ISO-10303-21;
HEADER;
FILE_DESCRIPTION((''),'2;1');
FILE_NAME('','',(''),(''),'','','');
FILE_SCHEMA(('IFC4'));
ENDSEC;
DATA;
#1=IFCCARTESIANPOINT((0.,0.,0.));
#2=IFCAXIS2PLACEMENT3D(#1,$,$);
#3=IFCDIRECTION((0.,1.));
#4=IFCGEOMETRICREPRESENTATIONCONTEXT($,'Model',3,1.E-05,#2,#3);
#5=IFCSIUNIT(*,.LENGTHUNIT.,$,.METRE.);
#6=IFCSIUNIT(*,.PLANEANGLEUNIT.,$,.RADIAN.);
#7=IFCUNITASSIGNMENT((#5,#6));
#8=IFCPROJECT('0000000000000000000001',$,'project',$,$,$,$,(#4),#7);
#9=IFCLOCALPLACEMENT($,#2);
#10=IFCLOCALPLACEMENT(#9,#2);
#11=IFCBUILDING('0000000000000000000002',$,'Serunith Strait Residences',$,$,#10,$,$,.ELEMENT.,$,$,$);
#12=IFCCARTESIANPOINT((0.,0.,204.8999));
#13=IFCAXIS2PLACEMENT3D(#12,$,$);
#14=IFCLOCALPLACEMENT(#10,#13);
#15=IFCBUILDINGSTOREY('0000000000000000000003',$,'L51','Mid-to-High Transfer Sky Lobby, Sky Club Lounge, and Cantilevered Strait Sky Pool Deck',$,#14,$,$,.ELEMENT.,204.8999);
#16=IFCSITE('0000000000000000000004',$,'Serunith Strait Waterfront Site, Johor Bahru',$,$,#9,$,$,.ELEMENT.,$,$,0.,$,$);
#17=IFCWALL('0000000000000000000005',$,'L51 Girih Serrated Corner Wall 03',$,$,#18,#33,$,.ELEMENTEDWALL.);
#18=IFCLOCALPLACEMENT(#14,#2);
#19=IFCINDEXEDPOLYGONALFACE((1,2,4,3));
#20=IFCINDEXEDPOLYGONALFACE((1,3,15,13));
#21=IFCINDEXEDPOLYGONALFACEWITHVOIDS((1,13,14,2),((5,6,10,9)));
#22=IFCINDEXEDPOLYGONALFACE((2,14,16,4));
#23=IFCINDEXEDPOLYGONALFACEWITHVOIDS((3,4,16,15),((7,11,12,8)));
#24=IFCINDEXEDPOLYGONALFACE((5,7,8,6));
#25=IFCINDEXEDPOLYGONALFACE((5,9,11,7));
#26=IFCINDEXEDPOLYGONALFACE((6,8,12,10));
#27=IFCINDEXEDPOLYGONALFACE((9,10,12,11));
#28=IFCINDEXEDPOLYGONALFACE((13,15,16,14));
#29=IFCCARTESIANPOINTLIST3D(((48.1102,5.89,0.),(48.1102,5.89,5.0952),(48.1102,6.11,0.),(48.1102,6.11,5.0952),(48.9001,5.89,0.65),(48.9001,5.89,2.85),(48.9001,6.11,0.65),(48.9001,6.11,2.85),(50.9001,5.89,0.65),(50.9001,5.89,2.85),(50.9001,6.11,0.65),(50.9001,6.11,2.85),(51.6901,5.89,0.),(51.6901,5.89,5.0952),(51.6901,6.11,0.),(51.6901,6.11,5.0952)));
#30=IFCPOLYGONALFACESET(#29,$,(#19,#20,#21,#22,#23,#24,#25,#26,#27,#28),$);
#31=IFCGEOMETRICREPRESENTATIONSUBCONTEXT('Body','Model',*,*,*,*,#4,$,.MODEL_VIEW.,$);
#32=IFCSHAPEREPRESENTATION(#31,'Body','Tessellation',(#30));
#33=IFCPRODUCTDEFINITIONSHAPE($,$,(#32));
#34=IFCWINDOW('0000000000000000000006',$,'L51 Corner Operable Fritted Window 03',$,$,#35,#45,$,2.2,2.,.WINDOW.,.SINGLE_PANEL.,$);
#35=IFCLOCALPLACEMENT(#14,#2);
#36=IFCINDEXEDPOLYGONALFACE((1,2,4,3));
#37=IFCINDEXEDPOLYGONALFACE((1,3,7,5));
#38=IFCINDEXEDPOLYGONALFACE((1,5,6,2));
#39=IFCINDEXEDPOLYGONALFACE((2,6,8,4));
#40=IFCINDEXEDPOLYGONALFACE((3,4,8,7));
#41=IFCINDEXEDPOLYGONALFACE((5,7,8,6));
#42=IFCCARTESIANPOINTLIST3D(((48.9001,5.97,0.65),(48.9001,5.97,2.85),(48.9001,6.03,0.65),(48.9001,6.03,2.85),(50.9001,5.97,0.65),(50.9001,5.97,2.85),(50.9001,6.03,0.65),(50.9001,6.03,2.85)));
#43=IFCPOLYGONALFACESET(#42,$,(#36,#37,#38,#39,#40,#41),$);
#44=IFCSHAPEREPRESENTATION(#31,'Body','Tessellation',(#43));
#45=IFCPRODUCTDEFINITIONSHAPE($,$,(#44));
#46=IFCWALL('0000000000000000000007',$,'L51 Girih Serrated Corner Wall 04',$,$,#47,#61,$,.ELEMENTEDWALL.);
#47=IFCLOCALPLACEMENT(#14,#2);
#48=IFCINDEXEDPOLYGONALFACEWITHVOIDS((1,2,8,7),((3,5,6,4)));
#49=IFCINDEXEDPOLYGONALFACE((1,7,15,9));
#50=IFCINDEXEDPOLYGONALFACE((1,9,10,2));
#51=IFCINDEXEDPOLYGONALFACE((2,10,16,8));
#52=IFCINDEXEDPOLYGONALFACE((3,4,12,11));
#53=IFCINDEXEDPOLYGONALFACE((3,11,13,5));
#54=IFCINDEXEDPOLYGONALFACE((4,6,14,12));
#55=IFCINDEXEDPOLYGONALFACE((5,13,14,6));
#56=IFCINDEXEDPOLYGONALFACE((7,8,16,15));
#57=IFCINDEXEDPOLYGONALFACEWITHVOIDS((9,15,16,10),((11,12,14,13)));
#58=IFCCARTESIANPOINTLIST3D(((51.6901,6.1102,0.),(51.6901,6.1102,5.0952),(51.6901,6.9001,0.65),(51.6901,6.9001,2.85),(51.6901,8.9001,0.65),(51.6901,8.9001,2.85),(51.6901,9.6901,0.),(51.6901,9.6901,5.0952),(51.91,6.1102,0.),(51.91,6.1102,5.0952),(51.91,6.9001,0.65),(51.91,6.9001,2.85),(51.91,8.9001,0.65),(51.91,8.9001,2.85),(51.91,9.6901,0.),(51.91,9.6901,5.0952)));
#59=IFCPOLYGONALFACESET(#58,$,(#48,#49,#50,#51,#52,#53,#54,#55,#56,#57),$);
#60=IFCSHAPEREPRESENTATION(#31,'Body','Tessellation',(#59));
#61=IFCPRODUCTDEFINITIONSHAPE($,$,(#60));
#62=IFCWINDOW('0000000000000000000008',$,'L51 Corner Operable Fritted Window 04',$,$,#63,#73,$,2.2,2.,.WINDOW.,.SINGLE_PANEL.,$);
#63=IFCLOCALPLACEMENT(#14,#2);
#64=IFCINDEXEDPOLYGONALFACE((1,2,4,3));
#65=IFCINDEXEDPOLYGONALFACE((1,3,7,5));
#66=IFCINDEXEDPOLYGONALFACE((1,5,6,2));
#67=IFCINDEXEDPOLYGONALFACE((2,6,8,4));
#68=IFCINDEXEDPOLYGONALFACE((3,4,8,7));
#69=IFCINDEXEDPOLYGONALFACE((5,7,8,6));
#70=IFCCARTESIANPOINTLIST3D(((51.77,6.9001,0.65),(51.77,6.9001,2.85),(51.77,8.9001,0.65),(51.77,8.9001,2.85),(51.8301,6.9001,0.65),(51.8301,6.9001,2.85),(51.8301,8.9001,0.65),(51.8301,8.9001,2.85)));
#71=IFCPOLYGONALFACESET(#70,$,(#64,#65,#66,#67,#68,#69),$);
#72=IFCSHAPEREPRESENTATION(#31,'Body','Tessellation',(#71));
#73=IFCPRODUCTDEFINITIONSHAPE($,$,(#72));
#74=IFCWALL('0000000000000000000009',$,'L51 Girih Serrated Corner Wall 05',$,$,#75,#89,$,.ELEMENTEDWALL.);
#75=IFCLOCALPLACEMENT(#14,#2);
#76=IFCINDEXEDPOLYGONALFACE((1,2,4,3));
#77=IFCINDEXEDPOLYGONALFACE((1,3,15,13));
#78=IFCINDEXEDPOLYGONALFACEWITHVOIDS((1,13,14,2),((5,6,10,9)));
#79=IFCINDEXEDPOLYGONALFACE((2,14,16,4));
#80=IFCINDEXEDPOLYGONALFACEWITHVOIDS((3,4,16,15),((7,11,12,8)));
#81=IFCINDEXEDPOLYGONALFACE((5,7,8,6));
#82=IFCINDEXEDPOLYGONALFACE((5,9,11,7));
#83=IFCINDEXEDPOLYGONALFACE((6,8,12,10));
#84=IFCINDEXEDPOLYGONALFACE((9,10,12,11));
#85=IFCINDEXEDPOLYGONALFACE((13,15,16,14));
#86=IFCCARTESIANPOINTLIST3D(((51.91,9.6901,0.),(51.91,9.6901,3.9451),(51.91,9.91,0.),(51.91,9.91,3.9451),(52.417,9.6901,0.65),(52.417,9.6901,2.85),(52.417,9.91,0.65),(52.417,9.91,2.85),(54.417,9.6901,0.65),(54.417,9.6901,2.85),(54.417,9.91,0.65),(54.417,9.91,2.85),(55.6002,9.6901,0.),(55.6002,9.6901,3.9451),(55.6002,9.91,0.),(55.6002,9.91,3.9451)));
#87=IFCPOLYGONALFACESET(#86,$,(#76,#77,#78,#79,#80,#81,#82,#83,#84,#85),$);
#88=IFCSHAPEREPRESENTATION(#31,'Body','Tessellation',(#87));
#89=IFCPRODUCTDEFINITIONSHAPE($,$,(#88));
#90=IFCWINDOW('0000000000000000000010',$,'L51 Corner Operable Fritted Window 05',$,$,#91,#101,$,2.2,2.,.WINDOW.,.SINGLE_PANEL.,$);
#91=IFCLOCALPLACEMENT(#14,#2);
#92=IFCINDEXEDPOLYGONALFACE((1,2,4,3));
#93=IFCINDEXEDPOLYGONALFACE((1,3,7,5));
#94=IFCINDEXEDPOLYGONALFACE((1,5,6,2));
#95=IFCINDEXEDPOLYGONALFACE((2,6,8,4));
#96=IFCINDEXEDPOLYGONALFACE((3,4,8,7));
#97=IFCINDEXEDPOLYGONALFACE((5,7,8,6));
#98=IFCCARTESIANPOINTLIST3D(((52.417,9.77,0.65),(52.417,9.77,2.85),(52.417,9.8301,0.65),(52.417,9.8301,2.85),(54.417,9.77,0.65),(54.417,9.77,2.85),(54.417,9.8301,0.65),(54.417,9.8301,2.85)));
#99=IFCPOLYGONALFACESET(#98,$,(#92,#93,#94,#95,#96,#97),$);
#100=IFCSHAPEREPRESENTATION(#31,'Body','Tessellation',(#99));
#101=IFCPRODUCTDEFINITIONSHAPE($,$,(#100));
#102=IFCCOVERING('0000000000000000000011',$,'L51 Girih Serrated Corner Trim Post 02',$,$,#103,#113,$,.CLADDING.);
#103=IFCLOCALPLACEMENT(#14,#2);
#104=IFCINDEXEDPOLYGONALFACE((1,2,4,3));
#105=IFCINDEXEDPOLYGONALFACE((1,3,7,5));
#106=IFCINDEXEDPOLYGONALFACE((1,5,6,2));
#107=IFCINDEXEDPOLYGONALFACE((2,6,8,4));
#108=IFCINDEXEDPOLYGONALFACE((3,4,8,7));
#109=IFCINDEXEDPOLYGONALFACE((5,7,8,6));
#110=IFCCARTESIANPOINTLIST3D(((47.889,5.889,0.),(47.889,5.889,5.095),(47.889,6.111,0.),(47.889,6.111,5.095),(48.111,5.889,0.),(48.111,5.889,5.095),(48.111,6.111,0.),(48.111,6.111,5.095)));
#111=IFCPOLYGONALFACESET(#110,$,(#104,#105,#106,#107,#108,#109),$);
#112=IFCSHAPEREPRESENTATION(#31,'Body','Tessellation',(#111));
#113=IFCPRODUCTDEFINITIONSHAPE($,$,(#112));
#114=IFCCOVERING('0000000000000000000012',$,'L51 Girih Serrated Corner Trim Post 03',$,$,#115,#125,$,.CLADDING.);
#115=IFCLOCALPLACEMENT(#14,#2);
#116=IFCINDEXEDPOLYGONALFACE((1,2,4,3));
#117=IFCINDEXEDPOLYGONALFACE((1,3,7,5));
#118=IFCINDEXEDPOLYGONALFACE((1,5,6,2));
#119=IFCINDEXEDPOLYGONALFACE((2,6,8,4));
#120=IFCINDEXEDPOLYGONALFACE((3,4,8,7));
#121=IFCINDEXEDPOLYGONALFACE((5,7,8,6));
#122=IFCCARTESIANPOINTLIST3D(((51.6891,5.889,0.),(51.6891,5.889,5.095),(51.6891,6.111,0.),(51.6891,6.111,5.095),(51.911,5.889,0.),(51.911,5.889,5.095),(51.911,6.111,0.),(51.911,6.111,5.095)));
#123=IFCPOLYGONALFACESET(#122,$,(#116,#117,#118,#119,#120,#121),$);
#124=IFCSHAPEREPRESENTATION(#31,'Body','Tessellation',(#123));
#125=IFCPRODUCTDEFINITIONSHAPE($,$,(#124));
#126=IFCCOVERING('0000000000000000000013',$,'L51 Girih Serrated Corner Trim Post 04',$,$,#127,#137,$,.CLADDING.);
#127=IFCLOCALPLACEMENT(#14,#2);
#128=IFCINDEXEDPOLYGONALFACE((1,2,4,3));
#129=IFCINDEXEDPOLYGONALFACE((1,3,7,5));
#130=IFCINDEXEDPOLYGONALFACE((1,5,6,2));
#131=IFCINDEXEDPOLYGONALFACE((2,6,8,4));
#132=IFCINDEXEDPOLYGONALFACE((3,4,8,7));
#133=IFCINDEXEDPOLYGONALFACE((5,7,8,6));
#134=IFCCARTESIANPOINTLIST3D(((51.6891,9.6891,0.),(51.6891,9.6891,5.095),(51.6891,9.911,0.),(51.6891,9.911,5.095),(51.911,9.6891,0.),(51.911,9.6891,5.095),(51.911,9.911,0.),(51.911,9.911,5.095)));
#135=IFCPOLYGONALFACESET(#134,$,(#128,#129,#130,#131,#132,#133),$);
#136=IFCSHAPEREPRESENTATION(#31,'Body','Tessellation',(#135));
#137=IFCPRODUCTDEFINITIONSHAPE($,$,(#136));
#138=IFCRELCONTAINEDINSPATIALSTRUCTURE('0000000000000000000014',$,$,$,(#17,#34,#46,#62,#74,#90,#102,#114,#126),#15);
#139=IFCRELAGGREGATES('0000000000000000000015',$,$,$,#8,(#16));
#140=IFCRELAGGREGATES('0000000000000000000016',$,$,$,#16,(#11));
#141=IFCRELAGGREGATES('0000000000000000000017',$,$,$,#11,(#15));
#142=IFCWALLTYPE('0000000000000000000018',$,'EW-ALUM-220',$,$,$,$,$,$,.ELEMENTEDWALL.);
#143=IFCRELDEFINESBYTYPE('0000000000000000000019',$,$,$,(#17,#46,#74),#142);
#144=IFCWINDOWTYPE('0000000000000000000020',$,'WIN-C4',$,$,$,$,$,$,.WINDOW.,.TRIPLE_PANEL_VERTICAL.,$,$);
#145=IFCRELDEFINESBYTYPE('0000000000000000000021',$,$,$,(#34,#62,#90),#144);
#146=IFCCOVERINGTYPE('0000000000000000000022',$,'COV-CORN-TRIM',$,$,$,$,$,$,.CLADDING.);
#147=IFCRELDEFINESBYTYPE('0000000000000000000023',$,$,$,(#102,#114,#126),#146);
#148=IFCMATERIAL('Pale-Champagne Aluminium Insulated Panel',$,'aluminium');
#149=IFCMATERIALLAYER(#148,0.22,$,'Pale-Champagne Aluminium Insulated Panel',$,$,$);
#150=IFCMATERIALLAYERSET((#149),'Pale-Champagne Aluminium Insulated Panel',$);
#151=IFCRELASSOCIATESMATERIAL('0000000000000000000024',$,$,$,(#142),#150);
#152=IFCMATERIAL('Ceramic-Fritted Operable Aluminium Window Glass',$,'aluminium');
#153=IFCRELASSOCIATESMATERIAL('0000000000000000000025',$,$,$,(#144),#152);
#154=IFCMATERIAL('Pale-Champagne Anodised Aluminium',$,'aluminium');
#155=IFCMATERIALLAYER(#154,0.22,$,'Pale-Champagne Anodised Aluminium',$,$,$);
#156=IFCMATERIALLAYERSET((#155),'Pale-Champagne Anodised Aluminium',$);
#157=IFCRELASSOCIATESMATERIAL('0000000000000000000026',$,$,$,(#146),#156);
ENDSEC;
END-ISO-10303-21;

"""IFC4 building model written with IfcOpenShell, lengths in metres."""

from ifc_helpers import new_model, si_unit, direction, frame, frame_2d, origin, origin_2d, place, context, subcontext, project, spatial, rectangle, extrude, source, transform, mapped, material, layer, layer_set, type_object, element, fill, save


model = new_model("IFC4")

# Units and contexts
model_context = context("Model", 3, precision=1e-05, world=origin(), true_north=direction((0.0, 1.0)))
body_context = subcontext(model_context, "Body", "Model", "MODEL_VIEW")
ifc_project = project(units=[si_unit("LENGTHUNIT", "METRE"), si_unit("PLANEANGLEUNIT", "RADIAN")], contexts=[model_context])

# Site, building, storey
site_placement = place(None, origin())
site = spatial("IfcSite", under=ifc_project, at=site_placement, Name="Serunith Strait Waterfront Site, Johor Bahru", CompositionType="ELEMENT", RefElevation=0.0)
building_placement = place(site_placement, origin())
building = spatial("IfcBuilding", under=site, at=building_placement, Name="Serunith Strait Residences", CompositionType="ELEMENT")
storey_placement = place(building_placement, frame((0.0, 0.0, 204.8999)))
storey = spatial("IfcBuildingStorey", under=building, at=storey_placement, Name="L51", Description="Mid-to-High Transfer Sky Lobby, Sky Club Lounge, and Cantilevered Strait Sky Pool Deck", CompositionType="ELEMENT", Elevation=204.8999)

# Walls, openings, windows
ifc_material_1 = material(Name="Pale-Champagne Aluminium Insulated Panel", Category="aluminium")
ifc_layer_1 = layer(ifc_material_1, 0.22, Name="Pale-Champagne Aluminium Insulated Panel")
ifc_layer_set_1 = layer_set([ifc_layer_1], Name="Pale-Champagne Aluminium Insulated Panel")
wall_type = type_object("IfcWallType", Name="EW-ALUM-220", PredefinedType="ELEMENTEDWALL", material=ifc_layer_set_1)
ifc_material_2 = material(Name="Ceramic-Fritted Operable Aluminium Window Glass", Category="aluminium")
window_type = type_object("IfcWindowType", Name="WIN-C4", PartitioningType="TRIPLE_PANEL_VERTICAL", PredefinedType="WINDOW", material=ifc_material_2)
shared_shape_1 = source(origin(), body_context, "Body", "SweptSolid", [
    extrude(rectangle(XDim=2.0, YDim=2.2, at=frame_2d((1.0, 1.1001))), frame((0.0, 0.03, 0.0), z_axis=(0.0, -1.0, 0.0), x_axis=(1.0, 0.0, 0.0)), (0.0, 0.0, 1.0), 0.0601),
])
wall_1_placement = place(storey_placement, frame((48.1101, 6.0, 0.0), z_axis=(0.0, 0.0, 1.0), x_axis=(1.0, 0.0, 0.0)))
wall_1 = element("IfcWall", 1, at=wall_1_placement, inside=storey, type_object=wall_type, Name="L51 Girih Serrated Corner Wall 03", PredefinedType="ELEMENTEDWALL", context=body_context, shape_type="SweptSolid", body=[
    extrude(rectangle(XDim=3.5798, YDim=0.22, at=frame_2d((1.79, 0.0))), origin(), (0.0, 0.0, 1.0), 5.0952),
])
opening_1_placement = place(wall_1_placement, frame((0.79, 0.0, 0.6499)))
opening_1 = element("IfcOpeningElement", 2, at=opening_1_placement, cuts=wall_1, PredefinedType="OPENING", context=body_context, shape_type="SweptSolid", body=[
    extrude(rectangle(XDim=2.0, YDim=2.2, at=frame_2d((1.0, 1.1001))), frame((0.0, 0.1201, 0.0), z_axis=(0.0, -1.0, 0.0), x_axis=(1.0, 0.0, 0.0)), (0.0, 0.0, 1.0), 0.24),
])
window_1_placement = place(opening_1_placement, origin())
window_1 = element("IfcWindow", 3, at=window_1_placement, inside=storey, type_object=window_type, Name="L51 Corner Operable Fritted Window 03", OverallHeight=2.2, OverallWidth=2.0, PartitioningType="SINGLE_PANEL", PredefinedType="WINDOW", context=body_context, shape_type="MappedRepresentation", body=[
    mapped(shared_shape_1, transform((0.0, 0.0, 0.0), scale=1.0)),
])
fill(opening_1, window_1)
wall_2_placement = place(storey_placement, frame((51.8, 6.1101, 0.0), z_axis=(0.0, 0.0, 1.0), x_axis=(0.0, 1.0, 0.0)))
wall_2 = element("IfcWall", 4, at=wall_2_placement, inside=storey, type_object=wall_type, Name="L51 Girih Serrated Corner Wall 04", PredefinedType="ELEMENTEDWALL", context=body_context, shape_type="SweptSolid", body=[
    extrude(rectangle(XDim=3.5798, YDim=0.22, at=frame_2d((1.79, 0.0))), origin(), (0.0, 0.0, 1.0), 5.0952),
])
opening_2_placement = place(wall_2_placement, frame((0.79, 0.0, 0.6499)))
opening_2 = element("IfcOpeningElement", 5, at=opening_2_placement, cuts=wall_2, PredefinedType="OPENING", context=body_context, shape_type="SweptSolid", body=[
    extrude(rectangle(XDim=2.0, YDim=2.2, at=frame_2d((1.0, 1.1001))), frame((0.0, 0.1201, 0.0), z_axis=(0.0, -1.0, 0.0), x_axis=(1.0, 0.0, 0.0)), (0.0, 0.0, 1.0), 0.24),
])
window_2_placement = place(opening_2_placement, origin())
window_2 = element("IfcWindow", 6, at=window_2_placement, inside=storey, type_object=window_type, Name="L51 Corner Operable Fritted Window 04", OverallHeight=2.2, OverallWidth=2.0, PartitioningType="SINGLE_PANEL", PredefinedType="WINDOW", context=body_context, shape_type="MappedRepresentation", body=[
    mapped(shared_shape_1, transform((0.0, 0.0, 0.0), scale=1.0)),
])
fill(opening_2, window_2)
wall_3_placement = place(storey_placement, frame((51.9099, 9.8, 0.0), z_axis=(0.0, 0.0, 1.0), x_axis=(1.0, 0.0, 0.0)))
wall_3 = element("IfcWall", 7, at=wall_3_placement, inside=storey, type_object=wall_type, Name="L51 Girih Serrated Corner Wall 05", PredefinedType="ELEMENTEDWALL", context=body_context, shape_type="SweptSolid", body=[
    extrude(rectangle(XDim=3.6902, YDim=0.22, at=frame_2d((1.8452, 0.0))), origin(), (0.0, 0.0, 1.0), 3.9451),
])
opening_3_placement = place(wall_3_placement, frame((0.5071, 0.0, 0.6499)))
opening_3 = element("IfcOpeningElement", 8, at=opening_3_placement, cuts=wall_3, PredefinedType="OPENING", context=body_context, shape_type="SweptSolid", body=[
    extrude(rectangle(XDim=2.0, YDim=2.2, at=frame_2d((1.0, 1.1001))), frame((0.0, 0.1201, 0.0), z_axis=(0.0, -1.0, 0.0), x_axis=(1.0, 0.0, 0.0)), (0.0, 0.0, 1.0), 0.24),
])
window_3_placement = place(opening_3_placement, origin())
window_3 = element("IfcWindow", 9, at=window_3_placement, inside=storey, type_object=window_type, Name="L51 Corner Operable Fritted Window 05", OverallHeight=2.2, OverallWidth=2.0, PartitioningType="SINGLE_PANEL", PredefinedType="WINDOW", context=body_context, shape_type="MappedRepresentation", body=[
    mapped(shared_shape_1, transform((0.0, 0.0, 0.0), scale=1.0)),
])
fill(opening_3, window_3)

# Coverings
ifc_material_3 = material(Name="Pale-Champagne Anodised Aluminium", Category="aluminium")
ifc_layer_2 = layer(ifc_material_3, 0.22, Name="Pale-Champagne Anodised Aluminium")
ifc_layer_set_2 = layer_set([ifc_layer_2], Name="Pale-Champagne Anodised Aluminium")
covering_type = type_object("IfcCoveringType", Name="COV-CORN-TRIM", PredefinedType="CLADDING", material=ifc_layer_set_2)
shared_shape_2 = source(origin(), body_context, "Body", "SweptSolid", [
    extrude(rectangle(XDim=0.2219, YDim=0.2219, at=origin_2d()), origin(), (0.0, 0.0, 1.0), 5.095),
])
for number, where, z_axis, x_axis, name in (
    (10, (48.0, 6.0, 0.0), (0.0, 0.0, 1.0), (1.0, 0.0, 0.0), "L51 Girih Serrated Corner Trim Post 02"),
    (11, (51.8, 6.0, 0.0), (0.0, 0.0, 1.0), (1.0, 0.0, 0.0), "L51 Girih Serrated Corner Trim Post 03"),
    (12, (51.8, 9.8, 0.0), (0.0, 0.0, 1.0), (1.0, 0.0, 0.0), "L51 Girih Serrated Corner Trim Post 04"),
):
    element("IfcCovering", number, at=place(storey_placement, frame(where, z_axis=z_axis, x_axis=x_axis)), inside=storey, type_object=covering_type, Name=name, PredefinedType="CLADDING", context=body_context, shape_type="MappedRepresentation", body=[
        mapped(shared_shape_2, transform((0.0, 0.0, 0.0), scale=1.0)),
    ])

save(model, "model.ifc")
